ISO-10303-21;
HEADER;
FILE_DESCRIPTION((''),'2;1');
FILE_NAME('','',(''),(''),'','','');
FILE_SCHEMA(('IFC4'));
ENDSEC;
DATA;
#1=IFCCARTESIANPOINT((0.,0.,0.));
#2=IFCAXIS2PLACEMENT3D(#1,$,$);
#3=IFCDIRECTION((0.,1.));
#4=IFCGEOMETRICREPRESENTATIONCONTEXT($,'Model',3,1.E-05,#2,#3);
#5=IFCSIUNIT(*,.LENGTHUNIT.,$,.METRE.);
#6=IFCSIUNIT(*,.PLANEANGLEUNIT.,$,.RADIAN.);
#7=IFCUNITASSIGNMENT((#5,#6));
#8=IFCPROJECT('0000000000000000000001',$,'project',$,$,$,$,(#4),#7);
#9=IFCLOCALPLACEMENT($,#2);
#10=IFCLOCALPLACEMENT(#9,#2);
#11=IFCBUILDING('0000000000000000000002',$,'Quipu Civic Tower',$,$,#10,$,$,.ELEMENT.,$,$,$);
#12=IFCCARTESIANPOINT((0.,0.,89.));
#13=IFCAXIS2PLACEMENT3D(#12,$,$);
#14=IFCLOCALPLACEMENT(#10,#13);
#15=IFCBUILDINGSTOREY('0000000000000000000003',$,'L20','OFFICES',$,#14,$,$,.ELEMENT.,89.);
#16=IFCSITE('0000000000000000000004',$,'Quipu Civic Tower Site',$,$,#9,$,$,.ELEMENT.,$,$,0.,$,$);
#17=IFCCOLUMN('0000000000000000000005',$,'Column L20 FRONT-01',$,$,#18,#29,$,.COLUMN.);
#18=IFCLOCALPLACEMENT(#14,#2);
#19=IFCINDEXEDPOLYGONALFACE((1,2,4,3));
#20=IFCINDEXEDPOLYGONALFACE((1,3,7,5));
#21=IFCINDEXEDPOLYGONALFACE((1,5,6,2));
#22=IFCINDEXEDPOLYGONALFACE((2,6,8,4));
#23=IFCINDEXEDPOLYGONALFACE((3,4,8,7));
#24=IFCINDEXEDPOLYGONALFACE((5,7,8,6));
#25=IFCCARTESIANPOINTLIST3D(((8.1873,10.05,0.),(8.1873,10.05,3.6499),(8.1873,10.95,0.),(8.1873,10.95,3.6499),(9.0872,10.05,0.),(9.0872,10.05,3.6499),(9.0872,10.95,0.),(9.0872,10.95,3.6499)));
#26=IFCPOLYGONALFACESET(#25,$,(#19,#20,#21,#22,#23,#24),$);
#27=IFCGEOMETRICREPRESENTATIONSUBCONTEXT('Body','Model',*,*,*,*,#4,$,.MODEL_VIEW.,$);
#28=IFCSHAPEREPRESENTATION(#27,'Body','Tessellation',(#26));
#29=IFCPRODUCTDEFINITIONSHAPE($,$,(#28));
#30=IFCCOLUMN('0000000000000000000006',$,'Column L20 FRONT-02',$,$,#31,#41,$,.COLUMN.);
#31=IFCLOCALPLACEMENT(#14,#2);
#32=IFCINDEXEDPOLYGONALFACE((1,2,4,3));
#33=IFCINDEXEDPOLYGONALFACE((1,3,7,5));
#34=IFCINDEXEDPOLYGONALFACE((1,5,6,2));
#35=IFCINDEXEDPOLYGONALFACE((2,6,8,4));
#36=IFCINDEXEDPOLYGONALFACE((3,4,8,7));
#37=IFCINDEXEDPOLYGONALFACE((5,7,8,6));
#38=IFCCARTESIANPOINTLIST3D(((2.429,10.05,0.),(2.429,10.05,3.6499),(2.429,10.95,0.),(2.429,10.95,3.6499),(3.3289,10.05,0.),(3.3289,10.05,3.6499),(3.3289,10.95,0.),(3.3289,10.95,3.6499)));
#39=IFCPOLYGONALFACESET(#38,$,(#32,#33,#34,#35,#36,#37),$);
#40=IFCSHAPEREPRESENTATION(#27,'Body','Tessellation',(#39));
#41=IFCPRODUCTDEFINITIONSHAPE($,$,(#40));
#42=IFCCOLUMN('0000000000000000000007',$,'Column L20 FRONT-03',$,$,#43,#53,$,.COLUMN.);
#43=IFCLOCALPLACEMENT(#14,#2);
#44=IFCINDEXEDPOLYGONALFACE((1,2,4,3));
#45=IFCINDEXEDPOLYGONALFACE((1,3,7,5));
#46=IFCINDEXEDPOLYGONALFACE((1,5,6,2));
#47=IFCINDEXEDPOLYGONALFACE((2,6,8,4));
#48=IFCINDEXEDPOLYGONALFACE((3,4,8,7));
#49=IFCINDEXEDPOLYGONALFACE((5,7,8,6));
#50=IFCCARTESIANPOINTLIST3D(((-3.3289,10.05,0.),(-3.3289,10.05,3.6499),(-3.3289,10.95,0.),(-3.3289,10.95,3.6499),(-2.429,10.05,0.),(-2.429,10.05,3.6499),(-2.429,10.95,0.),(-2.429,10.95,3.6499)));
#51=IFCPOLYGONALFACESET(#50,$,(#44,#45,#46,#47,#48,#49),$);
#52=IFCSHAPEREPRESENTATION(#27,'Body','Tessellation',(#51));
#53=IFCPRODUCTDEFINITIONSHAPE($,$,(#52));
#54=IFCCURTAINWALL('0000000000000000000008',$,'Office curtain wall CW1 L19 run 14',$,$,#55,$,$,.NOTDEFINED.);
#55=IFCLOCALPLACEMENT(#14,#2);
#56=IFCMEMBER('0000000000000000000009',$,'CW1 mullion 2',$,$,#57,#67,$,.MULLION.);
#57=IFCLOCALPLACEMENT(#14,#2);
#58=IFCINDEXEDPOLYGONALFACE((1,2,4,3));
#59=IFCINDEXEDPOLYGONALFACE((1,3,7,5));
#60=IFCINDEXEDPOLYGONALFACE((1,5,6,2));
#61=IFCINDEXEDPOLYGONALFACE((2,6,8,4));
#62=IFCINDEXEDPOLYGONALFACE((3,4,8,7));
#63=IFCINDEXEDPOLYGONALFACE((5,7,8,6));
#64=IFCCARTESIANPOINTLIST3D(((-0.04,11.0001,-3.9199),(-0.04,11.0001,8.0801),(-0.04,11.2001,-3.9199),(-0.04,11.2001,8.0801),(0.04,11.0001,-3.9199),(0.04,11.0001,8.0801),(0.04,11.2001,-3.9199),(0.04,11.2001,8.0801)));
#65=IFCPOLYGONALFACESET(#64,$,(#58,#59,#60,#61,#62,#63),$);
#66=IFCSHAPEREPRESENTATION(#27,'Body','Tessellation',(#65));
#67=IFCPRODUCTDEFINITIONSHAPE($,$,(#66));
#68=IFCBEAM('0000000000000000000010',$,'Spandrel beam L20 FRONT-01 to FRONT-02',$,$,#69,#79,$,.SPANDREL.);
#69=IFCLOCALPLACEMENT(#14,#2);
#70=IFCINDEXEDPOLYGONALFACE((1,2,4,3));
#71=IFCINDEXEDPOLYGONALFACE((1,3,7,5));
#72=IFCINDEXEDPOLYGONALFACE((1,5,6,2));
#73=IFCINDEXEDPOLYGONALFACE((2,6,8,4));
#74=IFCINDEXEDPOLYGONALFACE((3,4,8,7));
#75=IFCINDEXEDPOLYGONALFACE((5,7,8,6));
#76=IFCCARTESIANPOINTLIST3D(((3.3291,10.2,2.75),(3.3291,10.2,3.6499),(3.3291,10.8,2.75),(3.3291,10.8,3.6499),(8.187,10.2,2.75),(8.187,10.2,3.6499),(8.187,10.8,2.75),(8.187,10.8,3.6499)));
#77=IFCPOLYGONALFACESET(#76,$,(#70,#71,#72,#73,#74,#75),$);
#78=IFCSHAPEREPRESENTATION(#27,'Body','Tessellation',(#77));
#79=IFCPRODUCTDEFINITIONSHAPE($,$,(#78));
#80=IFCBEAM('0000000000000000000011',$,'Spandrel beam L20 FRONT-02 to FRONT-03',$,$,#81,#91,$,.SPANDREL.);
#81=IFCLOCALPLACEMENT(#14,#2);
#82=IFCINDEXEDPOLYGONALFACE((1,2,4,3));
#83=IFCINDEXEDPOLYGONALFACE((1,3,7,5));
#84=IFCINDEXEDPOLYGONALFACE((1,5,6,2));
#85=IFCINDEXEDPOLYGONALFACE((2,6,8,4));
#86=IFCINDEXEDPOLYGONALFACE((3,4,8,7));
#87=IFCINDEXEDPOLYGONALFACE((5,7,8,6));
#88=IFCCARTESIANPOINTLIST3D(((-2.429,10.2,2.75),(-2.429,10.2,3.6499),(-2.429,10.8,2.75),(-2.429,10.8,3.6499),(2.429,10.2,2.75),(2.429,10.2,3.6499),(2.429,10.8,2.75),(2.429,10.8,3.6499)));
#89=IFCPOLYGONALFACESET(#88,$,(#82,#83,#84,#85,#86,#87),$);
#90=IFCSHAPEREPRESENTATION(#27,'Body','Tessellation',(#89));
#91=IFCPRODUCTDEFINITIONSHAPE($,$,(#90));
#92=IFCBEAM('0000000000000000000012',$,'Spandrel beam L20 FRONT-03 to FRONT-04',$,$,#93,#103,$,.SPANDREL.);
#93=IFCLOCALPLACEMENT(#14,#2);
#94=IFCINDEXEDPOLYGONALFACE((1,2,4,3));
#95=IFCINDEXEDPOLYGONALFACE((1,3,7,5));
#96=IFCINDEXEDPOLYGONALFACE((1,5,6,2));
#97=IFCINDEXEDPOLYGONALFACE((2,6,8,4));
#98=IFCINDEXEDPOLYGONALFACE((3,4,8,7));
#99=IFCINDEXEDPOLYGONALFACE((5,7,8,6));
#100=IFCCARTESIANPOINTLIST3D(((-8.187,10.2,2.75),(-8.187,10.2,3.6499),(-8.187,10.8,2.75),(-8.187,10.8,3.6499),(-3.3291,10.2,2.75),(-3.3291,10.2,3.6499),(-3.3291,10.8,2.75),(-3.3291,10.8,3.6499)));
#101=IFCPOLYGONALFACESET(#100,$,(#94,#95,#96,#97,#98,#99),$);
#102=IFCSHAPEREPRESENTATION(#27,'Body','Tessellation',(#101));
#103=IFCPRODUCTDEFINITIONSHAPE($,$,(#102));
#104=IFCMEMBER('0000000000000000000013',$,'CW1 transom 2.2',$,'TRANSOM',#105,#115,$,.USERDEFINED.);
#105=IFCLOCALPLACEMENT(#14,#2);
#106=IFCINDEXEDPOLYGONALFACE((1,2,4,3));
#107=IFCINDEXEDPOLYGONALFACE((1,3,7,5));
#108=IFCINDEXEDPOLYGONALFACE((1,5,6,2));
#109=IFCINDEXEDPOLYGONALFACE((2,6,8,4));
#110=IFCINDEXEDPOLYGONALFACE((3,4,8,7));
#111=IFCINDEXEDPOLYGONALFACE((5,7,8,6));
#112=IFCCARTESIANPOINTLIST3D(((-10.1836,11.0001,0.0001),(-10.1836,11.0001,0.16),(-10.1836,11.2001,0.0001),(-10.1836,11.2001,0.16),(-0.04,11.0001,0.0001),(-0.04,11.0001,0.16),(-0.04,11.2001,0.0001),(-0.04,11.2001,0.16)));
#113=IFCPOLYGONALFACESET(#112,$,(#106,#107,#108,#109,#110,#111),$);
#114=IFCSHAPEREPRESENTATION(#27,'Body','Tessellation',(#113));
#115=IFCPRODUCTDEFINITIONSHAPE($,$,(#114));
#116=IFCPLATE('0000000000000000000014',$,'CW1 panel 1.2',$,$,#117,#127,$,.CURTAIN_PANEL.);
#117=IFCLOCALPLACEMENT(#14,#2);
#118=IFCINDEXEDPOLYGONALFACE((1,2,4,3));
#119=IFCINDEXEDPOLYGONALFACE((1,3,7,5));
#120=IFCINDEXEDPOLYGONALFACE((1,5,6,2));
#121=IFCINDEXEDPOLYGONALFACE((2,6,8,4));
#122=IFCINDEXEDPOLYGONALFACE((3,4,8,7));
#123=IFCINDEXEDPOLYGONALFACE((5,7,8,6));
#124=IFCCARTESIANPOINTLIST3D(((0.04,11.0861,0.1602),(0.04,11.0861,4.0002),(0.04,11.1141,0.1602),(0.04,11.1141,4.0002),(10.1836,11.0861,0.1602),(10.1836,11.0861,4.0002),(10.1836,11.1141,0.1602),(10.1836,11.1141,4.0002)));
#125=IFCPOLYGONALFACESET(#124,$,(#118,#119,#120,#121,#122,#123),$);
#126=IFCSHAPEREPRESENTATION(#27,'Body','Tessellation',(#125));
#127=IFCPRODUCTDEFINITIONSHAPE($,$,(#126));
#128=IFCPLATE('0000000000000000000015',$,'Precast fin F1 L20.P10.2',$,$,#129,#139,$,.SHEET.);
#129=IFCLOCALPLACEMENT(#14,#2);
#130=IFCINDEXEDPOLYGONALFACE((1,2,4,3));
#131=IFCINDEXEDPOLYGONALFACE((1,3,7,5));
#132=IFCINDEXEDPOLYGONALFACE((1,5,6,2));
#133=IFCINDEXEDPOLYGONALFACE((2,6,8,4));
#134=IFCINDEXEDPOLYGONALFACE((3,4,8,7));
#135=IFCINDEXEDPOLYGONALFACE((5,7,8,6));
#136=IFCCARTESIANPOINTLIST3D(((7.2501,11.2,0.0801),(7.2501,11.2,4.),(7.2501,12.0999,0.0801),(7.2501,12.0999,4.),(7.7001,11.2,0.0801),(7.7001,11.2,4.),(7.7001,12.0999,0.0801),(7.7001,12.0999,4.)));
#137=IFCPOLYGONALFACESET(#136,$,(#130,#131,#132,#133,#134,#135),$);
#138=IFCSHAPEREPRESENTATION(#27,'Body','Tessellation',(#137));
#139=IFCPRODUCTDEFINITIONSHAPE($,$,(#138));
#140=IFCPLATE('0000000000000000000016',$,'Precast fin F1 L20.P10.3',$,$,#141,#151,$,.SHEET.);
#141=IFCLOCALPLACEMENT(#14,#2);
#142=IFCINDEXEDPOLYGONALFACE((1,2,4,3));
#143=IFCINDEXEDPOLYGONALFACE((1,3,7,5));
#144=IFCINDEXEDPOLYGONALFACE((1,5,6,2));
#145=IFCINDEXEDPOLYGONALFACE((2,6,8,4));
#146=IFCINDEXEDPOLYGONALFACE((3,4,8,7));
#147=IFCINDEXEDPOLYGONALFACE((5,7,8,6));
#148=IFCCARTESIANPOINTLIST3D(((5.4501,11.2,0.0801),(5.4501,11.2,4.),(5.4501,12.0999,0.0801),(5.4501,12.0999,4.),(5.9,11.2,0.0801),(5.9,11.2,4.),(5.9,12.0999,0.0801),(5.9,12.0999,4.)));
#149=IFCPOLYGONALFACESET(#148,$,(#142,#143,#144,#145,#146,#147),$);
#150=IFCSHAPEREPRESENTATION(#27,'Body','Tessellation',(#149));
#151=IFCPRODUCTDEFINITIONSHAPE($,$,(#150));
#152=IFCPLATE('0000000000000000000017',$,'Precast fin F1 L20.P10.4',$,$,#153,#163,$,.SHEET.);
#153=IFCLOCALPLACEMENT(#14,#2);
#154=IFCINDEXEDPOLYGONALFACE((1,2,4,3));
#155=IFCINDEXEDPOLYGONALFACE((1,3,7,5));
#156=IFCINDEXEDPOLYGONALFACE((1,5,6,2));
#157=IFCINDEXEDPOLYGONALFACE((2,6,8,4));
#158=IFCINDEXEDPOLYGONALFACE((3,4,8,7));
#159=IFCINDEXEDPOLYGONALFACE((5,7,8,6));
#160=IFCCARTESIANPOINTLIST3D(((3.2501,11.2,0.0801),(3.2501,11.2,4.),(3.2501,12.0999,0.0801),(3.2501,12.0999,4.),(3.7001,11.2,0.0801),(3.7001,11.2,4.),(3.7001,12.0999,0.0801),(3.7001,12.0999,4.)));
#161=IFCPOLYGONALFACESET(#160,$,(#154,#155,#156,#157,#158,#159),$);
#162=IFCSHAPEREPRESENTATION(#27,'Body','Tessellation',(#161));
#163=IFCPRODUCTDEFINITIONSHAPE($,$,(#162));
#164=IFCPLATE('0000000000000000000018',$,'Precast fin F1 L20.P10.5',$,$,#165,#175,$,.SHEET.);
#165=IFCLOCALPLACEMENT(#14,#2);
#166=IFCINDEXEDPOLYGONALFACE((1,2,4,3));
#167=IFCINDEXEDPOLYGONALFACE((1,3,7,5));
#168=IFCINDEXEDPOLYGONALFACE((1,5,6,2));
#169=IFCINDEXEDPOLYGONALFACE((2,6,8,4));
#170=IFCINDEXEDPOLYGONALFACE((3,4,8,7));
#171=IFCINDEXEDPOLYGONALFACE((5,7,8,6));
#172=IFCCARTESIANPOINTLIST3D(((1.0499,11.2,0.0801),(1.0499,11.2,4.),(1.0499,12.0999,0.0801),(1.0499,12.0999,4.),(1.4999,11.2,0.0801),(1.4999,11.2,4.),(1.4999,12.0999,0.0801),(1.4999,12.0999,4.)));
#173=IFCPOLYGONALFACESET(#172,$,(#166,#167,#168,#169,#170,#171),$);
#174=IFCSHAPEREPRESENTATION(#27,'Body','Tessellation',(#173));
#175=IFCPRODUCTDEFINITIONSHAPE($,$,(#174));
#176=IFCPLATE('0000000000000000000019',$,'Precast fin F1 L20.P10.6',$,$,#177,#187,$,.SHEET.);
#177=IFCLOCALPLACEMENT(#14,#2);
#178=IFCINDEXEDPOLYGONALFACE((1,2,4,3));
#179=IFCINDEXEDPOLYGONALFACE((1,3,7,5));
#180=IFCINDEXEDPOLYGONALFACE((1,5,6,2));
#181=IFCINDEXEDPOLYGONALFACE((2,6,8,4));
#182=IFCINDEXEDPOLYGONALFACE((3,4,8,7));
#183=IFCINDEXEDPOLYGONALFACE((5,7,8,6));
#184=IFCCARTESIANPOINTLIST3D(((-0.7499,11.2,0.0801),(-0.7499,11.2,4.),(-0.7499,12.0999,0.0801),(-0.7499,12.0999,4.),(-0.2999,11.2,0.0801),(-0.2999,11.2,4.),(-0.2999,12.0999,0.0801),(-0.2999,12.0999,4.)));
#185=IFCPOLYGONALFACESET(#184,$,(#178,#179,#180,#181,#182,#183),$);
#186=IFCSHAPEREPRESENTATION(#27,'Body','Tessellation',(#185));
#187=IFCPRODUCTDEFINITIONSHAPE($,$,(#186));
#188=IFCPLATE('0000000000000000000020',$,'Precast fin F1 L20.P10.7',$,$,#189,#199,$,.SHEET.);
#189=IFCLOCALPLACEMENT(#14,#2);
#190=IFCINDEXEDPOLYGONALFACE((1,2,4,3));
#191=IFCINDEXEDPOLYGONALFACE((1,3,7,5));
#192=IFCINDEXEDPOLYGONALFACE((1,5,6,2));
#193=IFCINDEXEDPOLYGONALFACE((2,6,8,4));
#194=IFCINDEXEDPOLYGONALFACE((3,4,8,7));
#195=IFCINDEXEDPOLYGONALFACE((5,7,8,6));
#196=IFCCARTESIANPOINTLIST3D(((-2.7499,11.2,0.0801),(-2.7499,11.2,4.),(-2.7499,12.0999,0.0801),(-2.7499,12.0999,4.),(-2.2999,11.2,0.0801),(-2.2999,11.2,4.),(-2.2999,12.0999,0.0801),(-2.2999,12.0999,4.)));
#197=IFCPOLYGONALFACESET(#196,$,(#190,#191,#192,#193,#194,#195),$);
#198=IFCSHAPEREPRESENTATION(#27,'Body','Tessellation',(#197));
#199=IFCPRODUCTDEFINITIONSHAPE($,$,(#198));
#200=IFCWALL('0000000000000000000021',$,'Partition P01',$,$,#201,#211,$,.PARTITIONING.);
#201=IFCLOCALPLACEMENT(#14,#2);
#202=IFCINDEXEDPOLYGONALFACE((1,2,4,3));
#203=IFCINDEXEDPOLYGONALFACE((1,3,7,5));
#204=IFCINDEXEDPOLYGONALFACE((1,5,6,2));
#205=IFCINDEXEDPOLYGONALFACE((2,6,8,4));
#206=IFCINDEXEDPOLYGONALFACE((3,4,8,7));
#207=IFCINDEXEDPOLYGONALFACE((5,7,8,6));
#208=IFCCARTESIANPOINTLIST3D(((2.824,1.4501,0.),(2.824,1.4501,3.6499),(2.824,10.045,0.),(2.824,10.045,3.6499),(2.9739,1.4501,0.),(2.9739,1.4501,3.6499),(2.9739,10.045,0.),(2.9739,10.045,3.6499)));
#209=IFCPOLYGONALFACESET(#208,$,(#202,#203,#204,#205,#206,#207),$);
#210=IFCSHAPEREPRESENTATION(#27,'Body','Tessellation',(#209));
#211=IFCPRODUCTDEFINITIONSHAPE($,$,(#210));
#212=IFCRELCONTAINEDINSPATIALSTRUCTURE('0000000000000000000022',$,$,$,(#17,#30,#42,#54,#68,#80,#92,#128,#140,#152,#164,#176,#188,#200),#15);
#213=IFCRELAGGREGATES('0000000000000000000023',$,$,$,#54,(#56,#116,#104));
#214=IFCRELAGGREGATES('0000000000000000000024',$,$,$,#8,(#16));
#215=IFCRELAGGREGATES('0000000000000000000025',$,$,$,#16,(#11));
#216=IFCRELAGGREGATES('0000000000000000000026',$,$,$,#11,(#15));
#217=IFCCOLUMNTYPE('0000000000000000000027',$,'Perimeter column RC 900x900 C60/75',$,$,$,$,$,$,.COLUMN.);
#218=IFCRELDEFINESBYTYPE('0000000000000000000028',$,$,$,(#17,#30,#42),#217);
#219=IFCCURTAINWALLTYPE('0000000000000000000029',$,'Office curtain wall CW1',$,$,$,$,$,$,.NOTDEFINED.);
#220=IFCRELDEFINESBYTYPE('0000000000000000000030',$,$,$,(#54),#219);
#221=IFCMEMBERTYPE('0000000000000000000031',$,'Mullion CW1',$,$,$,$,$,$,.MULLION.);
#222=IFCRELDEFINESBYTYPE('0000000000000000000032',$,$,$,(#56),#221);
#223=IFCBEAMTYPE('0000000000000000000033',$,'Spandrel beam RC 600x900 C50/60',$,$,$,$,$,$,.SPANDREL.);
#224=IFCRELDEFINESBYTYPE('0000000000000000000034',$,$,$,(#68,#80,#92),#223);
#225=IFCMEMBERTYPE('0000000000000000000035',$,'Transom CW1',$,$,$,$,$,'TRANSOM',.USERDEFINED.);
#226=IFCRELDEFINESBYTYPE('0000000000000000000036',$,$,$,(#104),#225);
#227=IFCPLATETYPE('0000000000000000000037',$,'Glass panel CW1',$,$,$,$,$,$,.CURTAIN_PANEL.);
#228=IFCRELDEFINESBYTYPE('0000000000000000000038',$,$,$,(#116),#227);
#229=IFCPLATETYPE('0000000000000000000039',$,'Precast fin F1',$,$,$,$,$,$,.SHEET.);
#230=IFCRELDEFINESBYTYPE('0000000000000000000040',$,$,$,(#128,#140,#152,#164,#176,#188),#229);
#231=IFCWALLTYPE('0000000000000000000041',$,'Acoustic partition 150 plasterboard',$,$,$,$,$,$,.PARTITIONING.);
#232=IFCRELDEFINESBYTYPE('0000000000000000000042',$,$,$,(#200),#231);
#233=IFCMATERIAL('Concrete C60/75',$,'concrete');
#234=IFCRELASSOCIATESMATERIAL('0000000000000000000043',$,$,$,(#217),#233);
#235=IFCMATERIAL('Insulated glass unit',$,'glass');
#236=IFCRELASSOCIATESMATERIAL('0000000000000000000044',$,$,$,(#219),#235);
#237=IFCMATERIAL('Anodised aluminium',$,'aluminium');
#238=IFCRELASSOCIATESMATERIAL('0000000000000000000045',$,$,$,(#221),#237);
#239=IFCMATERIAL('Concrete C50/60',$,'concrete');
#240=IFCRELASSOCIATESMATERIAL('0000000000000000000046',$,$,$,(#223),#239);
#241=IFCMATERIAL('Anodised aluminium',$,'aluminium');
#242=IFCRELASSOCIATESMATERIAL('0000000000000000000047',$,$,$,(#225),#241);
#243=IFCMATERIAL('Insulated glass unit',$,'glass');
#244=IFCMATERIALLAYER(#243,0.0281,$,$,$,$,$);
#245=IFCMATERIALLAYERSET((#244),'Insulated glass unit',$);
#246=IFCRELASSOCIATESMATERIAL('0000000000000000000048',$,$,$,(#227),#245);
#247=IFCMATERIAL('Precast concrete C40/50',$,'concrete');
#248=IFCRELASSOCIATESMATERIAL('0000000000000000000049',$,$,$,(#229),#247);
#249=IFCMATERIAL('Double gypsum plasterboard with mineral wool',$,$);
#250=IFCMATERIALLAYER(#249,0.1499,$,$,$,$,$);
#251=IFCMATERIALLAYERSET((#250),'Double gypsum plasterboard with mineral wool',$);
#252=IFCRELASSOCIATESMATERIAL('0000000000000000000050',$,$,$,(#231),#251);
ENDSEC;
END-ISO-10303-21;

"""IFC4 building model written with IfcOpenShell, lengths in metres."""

from ifc_helpers import new_model, si_unit, direction, frame, frame_2d, origin, origin_2d, place, context, subcontext, project, spatial, rectangle, extrude, material, layer, layer_set, material_profile, profile_set, type_object, element, aggregate, save


model = new_model("IFC4")

# Units and contexts
model_context = context("Model", 3, precision=1e-05, world=origin(), true_north=direction((0.0, 1.0)))
body_context = subcontext(model_context, "Body", "Model", "MODEL_VIEW")
ifc_project = project(units=[si_unit("LENGTHUNIT", "METRE"), si_unit("PLANEANGLEUNIT", "RADIAN")], contexts=[model_context])

# Site, building, storey
site_placement = place(None, origin())
site = spatial("IfcSite", under=ifc_project, at=site_placement, Name="Quipu Civic Tower Site", CompositionType="ELEMENT", RefElevation=0.0)
building_placement = place(site_placement, origin())
building = spatial("IfcBuilding", under=site, at=building_placement, Name="Quipu Civic Tower", CompositionType="ELEMENT")
storey_placement = place(building_placement, frame((0.0, 0.0, 89.0)))
storey = spatial("IfcBuildingStorey", under=building, at=storey_placement, Name="L20", Description="OFFICES", CompositionType="ELEMENT", Elevation=89.0)

# Columns
ifc_material_1 = material(Name="Concrete C60/75", Category="concrete")
ifc_material_profile_1 = material_profile(ifc_material_1, rectangle(XDim=0.8999, YDim=0.8999, at=origin_2d()), Name="RC900x900")
ifc_profile_set_1 = profile_set([ifc_material_profile_1], Name="Concrete C60/75")
column_type = type_object("IfcColumnType", Name="Perimeter column RC 900x900 C60/75", PredefinedType="COLUMN", material=ifc_profile_set_1)
for number, where, z_axis, x_axis, name in (
    (1, (8.6372, 10.5, 0.0), (0.0, 0.0, 1.0), (-1.0, 0.0, 0.0), "Column L20 FRONT-01"),
    (2, (2.8789, 10.5, 0.0), (0.0, 0.0, 1.0), (-1.0, 0.0, 0.0), "Column L20 FRONT-02"),
    (3, (-2.8789, 10.5, 0.0), (0.0, 0.0, 1.0), (-1.0, 0.0, 0.0), "Column L20 FRONT-03"),
):
    element("IfcColumn", number, at=place(storey_placement, frame(where, z_axis=z_axis, x_axis=x_axis)), inside=storey, type_object=column_type, Name=name, PredefinedType="COLUMN", context=body_context, shape_type="SweptSolid", body=[
        extrude(rectangle(XDim=0.8999, YDim=0.8999, at=origin_2d()), origin(), (0.0, 0.0, 1.0), 3.6499),
    ])

# Curtain wall, member
ifc_material_2 = material(Name="Insulated glass unit", Category="glass")
curtain_wall_type = type_object("IfcCurtainWallType", Name="Office curtain wall CW1", PredefinedType="NOTDEFINED", material=ifc_material_2)
curtain_wall_placement = place(storey_placement, origin())
curtain_wall = element("IfcCurtainWall", 4, at=curtain_wall_placement, inside=storey, type_object=curtain_wall_type, Name="Office curtain wall CW1 L19 run 14", PredefinedType="NOTDEFINED")
ifc_material_3 = material(Name="Anodised aluminium", Category="aluminium")
ifc_material_profile_2 = material_profile(ifc_material_3, rectangle(XDim=0.2, YDim=0.0801, at=origin_2d()), Name="RECT 200x80")
ifc_profile_set_2 = profile_set([ifc_material_profile_2], Name="Anodised aluminium")
member_type_1 = type_object("IfcMemberType", Name="Mullion CW1", PredefinedType="MULLION", material=ifc_profile_set_2)
member_1_placement = place(storey_placement, frame((0.0, 11.1001, -3.9199), z_axis=(0.0, 0.0, 1.0), x_axis=(0.0, -1.0, 0.0)))
member_1 = element("IfcMember", 5, at=member_1_placement, type_object=member_type_1, Name="CW1 mullion 2", PredefinedType="MULLION", context=body_context, shape_type="SweptSolid", body=[
    extrude(rectangle(XDim=0.2, YDim=0.0801, at=origin_2d()), origin(), (0.0, 0.0, 1.0), 12.0),
])

# Beams
ifc_material_4 = material(Name="Concrete C50/60", Category="concrete")
ifc_material_profile_3 = material_profile(ifc_material_4, rectangle(XDim=0.6001, YDim=0.8999, at=origin_2d()), Name="RC600x900")
ifc_profile_set_3 = profile_set([ifc_material_profile_3], Name="Concrete C50/60")
beam_type = type_object("IfcBeamType", Name="Spandrel beam RC 600x900 C50/60", PredefinedType="SPANDREL", material=ifc_profile_set_3)
for number, where, z_axis, x_axis, name in (
    (6, (8.187, 10.5, 3.2), (-1.0, 0.0, 0.0), (0.0, -1.0, 0.0), "Spandrel beam L20 FRONT-01 to FRONT-02"),
    (7, (2.429, 10.5, 3.2), (-1.0, 0.0, 0.0), (0.0, -1.0, 0.0), "Spandrel beam L20 FRONT-02 to FRONT-03"),
    (8, (-3.3291, 10.5, 3.2), (-1.0, 0.0, 0.0), (0.0, -1.0, 0.0), "Spandrel beam L20 FRONT-03 to FRONT-04"),
):
    element("IfcBeam", number, at=place(storey_placement, frame(where, z_axis=z_axis, x_axis=x_axis)), inside=storey, type_object=beam_type, Name=name, PredefinedType="SPANDREL", context=body_context, shape_type="SweptSolid", body=[
        extrude(rectangle(XDim=0.6001, YDim=0.8999, at=origin_2d()), origin(), (0.0, 0.0, 1.0), 4.8579),
    ])

# Member
ifc_material_5 = material(Name="Anodised aluminium", Category="aluminium")
ifc_material_profile_4 = material_profile(ifc_material_5, rectangle(XDim=0.2, YDim=0.1599, at=origin_2d()), Name="RECT 200x160")
ifc_profile_set_4 = profile_set([ifc_material_profile_4], Name="Anodised aluminium")
member_type_2 = type_object("IfcMemberType", Name="Transom CW1", ElementType="TRANSOM", PredefinedType="USERDEFINED", material=ifc_profile_set_4)
member_2_placement = place(storey_placement, frame((-0.04, 11.1001, 0.0801), z_axis=(-1.0, 0.0, 0.0), x_axis=(0.0, -1.0, 0.0)))
member_2 = element("IfcMember", 9, at=member_2_placement, type_object=member_type_2, Name="CW1 transom 2.2", ObjectType="TRANSOM", PredefinedType="USERDEFINED", context=body_context, shape_type="SweptSolid", body=[
    extrude(rectangle(XDim=0.2, YDim=0.1599, at=origin_2d()), origin(), (0.0, 0.0, 1.0), 10.1436),
])

# Plate
ifc_material_6 = material(Name="Insulated glass unit", Category="glass")
ifc_layer_1 = layer(ifc_material_6, 0.0281)
ifc_layer_set_1 = layer_set([ifc_layer_1], Name="Insulated glass unit")
plate_type_1 = type_object("IfcPlateType", Name="Glass panel CW1", PredefinedType="CURTAIN_PANEL", material=ifc_layer_set_1)
plate_placement = place(storey_placement, frame((5.1118, 11.1001, 0.1602), z_axis=(0.0, 0.0, 1.0), x_axis=(-1.0, 0.0, 0.0)))
plate = element("IfcPlate", 10, at=plate_placement, type_object=plate_type_1, Name="CW1 panel 1.2", PredefinedType="CURTAIN_PANEL", context=body_context, shape_type="SweptSolid", body=[
    extrude(rectangle(XDim=10.1436, YDim=0.0281, at=origin_2d()), origin(), (0.0, 0.0, 1.0), 3.8401),
])
aggregate(curtain_wall, [member_1, plate, member_2])

# Plates
ifc_material_7 = material(Name="Precast concrete C40/50", Category="concrete")
plate_type_2 = type_object("IfcPlateType", Name="Precast fin F1", PredefinedType="SHEET", material=ifc_material_7)
for number, where, z_axis, x_axis, name in (
    (11, (7.4751, 11.6499, 0.0801), (0.0, 0.0, 1.0), (-1.0, 0.0, 0.0), "Precast fin F1 L20.P10.2"),
    (12, (5.675, 11.6499, 0.0801), (0.0, 0.0, 1.0), (-1.0, 0.0, 0.0), "Precast fin F1 L20.P10.3"),
    (13, (3.4751, 11.6499, 0.0801), (0.0, 0.0, 1.0), (-1.0, 0.0, 0.0), "Precast fin F1 L20.P10.4"),
    (14, (1.2749, 11.6499, 0.0801), (0.0, 0.0, 1.0), (-1.0, 0.0, 0.0), "Precast fin F1 L20.P10.5"),
    (15, (-0.5249, 11.6499, 0.0801), (0.0, 0.0, 1.0), (-1.0, 0.0, 0.0), "Precast fin F1 L20.P10.6"),
    (16, (-2.5249, 11.6499, 0.0801), (0.0, 0.0, 1.0), (-1.0, 0.0, 0.0), "Precast fin F1 L20.P10.7"),
):
    element("IfcPlate", number, at=place(storey_placement, frame(where, z_axis=z_axis, x_axis=x_axis)), inside=storey, type_object=plate_type_2, Name=name, PredefinedType="SHEET", context=body_context, shape_type="SweptSolid", body=[
        extrude(rectangle(XDim=0.45, YDim=0.8999, at=origin_2d()), origin(), (0.0, 0.0, 1.0), 3.9199),
    ])

# Wall
ifc_material_8 = material(Name="Double gypsum plasterboard with mineral wool")
ifc_layer_2 = layer(ifc_material_8, 0.1499)
ifc_layer_set_2 = layer_set([ifc_layer_2], Name="Double gypsum plasterboard with mineral wool")
wall_type_1 = type_object("IfcWallType", Name="Acoustic partition 150 plasterboard", PredefinedType="PARTITIONING", material=ifc_layer_set_2)
wall_1_placement = place(storey_placement, frame((2.8989, 10.0449, 0.0), z_axis=(0.0, 0.0, 1.0), x_axis=(0.0, -1.0, 0.0)))
element("IfcWall", 17, at=wall_1_placement, inside=storey, type_object=wall_type_1, Name="Partition P01", PredefinedType="PARTITIONING", context=body_context, shape_type="SweptSolid", body=[
    extrude(rectangle(XDim=8.595, YDim=0.1499, at=frame_2d((4.2974, 0.0))), origin(), (0.0, 0.0, 1.0), 3.6499),
])

save(model, "model.ifc")
